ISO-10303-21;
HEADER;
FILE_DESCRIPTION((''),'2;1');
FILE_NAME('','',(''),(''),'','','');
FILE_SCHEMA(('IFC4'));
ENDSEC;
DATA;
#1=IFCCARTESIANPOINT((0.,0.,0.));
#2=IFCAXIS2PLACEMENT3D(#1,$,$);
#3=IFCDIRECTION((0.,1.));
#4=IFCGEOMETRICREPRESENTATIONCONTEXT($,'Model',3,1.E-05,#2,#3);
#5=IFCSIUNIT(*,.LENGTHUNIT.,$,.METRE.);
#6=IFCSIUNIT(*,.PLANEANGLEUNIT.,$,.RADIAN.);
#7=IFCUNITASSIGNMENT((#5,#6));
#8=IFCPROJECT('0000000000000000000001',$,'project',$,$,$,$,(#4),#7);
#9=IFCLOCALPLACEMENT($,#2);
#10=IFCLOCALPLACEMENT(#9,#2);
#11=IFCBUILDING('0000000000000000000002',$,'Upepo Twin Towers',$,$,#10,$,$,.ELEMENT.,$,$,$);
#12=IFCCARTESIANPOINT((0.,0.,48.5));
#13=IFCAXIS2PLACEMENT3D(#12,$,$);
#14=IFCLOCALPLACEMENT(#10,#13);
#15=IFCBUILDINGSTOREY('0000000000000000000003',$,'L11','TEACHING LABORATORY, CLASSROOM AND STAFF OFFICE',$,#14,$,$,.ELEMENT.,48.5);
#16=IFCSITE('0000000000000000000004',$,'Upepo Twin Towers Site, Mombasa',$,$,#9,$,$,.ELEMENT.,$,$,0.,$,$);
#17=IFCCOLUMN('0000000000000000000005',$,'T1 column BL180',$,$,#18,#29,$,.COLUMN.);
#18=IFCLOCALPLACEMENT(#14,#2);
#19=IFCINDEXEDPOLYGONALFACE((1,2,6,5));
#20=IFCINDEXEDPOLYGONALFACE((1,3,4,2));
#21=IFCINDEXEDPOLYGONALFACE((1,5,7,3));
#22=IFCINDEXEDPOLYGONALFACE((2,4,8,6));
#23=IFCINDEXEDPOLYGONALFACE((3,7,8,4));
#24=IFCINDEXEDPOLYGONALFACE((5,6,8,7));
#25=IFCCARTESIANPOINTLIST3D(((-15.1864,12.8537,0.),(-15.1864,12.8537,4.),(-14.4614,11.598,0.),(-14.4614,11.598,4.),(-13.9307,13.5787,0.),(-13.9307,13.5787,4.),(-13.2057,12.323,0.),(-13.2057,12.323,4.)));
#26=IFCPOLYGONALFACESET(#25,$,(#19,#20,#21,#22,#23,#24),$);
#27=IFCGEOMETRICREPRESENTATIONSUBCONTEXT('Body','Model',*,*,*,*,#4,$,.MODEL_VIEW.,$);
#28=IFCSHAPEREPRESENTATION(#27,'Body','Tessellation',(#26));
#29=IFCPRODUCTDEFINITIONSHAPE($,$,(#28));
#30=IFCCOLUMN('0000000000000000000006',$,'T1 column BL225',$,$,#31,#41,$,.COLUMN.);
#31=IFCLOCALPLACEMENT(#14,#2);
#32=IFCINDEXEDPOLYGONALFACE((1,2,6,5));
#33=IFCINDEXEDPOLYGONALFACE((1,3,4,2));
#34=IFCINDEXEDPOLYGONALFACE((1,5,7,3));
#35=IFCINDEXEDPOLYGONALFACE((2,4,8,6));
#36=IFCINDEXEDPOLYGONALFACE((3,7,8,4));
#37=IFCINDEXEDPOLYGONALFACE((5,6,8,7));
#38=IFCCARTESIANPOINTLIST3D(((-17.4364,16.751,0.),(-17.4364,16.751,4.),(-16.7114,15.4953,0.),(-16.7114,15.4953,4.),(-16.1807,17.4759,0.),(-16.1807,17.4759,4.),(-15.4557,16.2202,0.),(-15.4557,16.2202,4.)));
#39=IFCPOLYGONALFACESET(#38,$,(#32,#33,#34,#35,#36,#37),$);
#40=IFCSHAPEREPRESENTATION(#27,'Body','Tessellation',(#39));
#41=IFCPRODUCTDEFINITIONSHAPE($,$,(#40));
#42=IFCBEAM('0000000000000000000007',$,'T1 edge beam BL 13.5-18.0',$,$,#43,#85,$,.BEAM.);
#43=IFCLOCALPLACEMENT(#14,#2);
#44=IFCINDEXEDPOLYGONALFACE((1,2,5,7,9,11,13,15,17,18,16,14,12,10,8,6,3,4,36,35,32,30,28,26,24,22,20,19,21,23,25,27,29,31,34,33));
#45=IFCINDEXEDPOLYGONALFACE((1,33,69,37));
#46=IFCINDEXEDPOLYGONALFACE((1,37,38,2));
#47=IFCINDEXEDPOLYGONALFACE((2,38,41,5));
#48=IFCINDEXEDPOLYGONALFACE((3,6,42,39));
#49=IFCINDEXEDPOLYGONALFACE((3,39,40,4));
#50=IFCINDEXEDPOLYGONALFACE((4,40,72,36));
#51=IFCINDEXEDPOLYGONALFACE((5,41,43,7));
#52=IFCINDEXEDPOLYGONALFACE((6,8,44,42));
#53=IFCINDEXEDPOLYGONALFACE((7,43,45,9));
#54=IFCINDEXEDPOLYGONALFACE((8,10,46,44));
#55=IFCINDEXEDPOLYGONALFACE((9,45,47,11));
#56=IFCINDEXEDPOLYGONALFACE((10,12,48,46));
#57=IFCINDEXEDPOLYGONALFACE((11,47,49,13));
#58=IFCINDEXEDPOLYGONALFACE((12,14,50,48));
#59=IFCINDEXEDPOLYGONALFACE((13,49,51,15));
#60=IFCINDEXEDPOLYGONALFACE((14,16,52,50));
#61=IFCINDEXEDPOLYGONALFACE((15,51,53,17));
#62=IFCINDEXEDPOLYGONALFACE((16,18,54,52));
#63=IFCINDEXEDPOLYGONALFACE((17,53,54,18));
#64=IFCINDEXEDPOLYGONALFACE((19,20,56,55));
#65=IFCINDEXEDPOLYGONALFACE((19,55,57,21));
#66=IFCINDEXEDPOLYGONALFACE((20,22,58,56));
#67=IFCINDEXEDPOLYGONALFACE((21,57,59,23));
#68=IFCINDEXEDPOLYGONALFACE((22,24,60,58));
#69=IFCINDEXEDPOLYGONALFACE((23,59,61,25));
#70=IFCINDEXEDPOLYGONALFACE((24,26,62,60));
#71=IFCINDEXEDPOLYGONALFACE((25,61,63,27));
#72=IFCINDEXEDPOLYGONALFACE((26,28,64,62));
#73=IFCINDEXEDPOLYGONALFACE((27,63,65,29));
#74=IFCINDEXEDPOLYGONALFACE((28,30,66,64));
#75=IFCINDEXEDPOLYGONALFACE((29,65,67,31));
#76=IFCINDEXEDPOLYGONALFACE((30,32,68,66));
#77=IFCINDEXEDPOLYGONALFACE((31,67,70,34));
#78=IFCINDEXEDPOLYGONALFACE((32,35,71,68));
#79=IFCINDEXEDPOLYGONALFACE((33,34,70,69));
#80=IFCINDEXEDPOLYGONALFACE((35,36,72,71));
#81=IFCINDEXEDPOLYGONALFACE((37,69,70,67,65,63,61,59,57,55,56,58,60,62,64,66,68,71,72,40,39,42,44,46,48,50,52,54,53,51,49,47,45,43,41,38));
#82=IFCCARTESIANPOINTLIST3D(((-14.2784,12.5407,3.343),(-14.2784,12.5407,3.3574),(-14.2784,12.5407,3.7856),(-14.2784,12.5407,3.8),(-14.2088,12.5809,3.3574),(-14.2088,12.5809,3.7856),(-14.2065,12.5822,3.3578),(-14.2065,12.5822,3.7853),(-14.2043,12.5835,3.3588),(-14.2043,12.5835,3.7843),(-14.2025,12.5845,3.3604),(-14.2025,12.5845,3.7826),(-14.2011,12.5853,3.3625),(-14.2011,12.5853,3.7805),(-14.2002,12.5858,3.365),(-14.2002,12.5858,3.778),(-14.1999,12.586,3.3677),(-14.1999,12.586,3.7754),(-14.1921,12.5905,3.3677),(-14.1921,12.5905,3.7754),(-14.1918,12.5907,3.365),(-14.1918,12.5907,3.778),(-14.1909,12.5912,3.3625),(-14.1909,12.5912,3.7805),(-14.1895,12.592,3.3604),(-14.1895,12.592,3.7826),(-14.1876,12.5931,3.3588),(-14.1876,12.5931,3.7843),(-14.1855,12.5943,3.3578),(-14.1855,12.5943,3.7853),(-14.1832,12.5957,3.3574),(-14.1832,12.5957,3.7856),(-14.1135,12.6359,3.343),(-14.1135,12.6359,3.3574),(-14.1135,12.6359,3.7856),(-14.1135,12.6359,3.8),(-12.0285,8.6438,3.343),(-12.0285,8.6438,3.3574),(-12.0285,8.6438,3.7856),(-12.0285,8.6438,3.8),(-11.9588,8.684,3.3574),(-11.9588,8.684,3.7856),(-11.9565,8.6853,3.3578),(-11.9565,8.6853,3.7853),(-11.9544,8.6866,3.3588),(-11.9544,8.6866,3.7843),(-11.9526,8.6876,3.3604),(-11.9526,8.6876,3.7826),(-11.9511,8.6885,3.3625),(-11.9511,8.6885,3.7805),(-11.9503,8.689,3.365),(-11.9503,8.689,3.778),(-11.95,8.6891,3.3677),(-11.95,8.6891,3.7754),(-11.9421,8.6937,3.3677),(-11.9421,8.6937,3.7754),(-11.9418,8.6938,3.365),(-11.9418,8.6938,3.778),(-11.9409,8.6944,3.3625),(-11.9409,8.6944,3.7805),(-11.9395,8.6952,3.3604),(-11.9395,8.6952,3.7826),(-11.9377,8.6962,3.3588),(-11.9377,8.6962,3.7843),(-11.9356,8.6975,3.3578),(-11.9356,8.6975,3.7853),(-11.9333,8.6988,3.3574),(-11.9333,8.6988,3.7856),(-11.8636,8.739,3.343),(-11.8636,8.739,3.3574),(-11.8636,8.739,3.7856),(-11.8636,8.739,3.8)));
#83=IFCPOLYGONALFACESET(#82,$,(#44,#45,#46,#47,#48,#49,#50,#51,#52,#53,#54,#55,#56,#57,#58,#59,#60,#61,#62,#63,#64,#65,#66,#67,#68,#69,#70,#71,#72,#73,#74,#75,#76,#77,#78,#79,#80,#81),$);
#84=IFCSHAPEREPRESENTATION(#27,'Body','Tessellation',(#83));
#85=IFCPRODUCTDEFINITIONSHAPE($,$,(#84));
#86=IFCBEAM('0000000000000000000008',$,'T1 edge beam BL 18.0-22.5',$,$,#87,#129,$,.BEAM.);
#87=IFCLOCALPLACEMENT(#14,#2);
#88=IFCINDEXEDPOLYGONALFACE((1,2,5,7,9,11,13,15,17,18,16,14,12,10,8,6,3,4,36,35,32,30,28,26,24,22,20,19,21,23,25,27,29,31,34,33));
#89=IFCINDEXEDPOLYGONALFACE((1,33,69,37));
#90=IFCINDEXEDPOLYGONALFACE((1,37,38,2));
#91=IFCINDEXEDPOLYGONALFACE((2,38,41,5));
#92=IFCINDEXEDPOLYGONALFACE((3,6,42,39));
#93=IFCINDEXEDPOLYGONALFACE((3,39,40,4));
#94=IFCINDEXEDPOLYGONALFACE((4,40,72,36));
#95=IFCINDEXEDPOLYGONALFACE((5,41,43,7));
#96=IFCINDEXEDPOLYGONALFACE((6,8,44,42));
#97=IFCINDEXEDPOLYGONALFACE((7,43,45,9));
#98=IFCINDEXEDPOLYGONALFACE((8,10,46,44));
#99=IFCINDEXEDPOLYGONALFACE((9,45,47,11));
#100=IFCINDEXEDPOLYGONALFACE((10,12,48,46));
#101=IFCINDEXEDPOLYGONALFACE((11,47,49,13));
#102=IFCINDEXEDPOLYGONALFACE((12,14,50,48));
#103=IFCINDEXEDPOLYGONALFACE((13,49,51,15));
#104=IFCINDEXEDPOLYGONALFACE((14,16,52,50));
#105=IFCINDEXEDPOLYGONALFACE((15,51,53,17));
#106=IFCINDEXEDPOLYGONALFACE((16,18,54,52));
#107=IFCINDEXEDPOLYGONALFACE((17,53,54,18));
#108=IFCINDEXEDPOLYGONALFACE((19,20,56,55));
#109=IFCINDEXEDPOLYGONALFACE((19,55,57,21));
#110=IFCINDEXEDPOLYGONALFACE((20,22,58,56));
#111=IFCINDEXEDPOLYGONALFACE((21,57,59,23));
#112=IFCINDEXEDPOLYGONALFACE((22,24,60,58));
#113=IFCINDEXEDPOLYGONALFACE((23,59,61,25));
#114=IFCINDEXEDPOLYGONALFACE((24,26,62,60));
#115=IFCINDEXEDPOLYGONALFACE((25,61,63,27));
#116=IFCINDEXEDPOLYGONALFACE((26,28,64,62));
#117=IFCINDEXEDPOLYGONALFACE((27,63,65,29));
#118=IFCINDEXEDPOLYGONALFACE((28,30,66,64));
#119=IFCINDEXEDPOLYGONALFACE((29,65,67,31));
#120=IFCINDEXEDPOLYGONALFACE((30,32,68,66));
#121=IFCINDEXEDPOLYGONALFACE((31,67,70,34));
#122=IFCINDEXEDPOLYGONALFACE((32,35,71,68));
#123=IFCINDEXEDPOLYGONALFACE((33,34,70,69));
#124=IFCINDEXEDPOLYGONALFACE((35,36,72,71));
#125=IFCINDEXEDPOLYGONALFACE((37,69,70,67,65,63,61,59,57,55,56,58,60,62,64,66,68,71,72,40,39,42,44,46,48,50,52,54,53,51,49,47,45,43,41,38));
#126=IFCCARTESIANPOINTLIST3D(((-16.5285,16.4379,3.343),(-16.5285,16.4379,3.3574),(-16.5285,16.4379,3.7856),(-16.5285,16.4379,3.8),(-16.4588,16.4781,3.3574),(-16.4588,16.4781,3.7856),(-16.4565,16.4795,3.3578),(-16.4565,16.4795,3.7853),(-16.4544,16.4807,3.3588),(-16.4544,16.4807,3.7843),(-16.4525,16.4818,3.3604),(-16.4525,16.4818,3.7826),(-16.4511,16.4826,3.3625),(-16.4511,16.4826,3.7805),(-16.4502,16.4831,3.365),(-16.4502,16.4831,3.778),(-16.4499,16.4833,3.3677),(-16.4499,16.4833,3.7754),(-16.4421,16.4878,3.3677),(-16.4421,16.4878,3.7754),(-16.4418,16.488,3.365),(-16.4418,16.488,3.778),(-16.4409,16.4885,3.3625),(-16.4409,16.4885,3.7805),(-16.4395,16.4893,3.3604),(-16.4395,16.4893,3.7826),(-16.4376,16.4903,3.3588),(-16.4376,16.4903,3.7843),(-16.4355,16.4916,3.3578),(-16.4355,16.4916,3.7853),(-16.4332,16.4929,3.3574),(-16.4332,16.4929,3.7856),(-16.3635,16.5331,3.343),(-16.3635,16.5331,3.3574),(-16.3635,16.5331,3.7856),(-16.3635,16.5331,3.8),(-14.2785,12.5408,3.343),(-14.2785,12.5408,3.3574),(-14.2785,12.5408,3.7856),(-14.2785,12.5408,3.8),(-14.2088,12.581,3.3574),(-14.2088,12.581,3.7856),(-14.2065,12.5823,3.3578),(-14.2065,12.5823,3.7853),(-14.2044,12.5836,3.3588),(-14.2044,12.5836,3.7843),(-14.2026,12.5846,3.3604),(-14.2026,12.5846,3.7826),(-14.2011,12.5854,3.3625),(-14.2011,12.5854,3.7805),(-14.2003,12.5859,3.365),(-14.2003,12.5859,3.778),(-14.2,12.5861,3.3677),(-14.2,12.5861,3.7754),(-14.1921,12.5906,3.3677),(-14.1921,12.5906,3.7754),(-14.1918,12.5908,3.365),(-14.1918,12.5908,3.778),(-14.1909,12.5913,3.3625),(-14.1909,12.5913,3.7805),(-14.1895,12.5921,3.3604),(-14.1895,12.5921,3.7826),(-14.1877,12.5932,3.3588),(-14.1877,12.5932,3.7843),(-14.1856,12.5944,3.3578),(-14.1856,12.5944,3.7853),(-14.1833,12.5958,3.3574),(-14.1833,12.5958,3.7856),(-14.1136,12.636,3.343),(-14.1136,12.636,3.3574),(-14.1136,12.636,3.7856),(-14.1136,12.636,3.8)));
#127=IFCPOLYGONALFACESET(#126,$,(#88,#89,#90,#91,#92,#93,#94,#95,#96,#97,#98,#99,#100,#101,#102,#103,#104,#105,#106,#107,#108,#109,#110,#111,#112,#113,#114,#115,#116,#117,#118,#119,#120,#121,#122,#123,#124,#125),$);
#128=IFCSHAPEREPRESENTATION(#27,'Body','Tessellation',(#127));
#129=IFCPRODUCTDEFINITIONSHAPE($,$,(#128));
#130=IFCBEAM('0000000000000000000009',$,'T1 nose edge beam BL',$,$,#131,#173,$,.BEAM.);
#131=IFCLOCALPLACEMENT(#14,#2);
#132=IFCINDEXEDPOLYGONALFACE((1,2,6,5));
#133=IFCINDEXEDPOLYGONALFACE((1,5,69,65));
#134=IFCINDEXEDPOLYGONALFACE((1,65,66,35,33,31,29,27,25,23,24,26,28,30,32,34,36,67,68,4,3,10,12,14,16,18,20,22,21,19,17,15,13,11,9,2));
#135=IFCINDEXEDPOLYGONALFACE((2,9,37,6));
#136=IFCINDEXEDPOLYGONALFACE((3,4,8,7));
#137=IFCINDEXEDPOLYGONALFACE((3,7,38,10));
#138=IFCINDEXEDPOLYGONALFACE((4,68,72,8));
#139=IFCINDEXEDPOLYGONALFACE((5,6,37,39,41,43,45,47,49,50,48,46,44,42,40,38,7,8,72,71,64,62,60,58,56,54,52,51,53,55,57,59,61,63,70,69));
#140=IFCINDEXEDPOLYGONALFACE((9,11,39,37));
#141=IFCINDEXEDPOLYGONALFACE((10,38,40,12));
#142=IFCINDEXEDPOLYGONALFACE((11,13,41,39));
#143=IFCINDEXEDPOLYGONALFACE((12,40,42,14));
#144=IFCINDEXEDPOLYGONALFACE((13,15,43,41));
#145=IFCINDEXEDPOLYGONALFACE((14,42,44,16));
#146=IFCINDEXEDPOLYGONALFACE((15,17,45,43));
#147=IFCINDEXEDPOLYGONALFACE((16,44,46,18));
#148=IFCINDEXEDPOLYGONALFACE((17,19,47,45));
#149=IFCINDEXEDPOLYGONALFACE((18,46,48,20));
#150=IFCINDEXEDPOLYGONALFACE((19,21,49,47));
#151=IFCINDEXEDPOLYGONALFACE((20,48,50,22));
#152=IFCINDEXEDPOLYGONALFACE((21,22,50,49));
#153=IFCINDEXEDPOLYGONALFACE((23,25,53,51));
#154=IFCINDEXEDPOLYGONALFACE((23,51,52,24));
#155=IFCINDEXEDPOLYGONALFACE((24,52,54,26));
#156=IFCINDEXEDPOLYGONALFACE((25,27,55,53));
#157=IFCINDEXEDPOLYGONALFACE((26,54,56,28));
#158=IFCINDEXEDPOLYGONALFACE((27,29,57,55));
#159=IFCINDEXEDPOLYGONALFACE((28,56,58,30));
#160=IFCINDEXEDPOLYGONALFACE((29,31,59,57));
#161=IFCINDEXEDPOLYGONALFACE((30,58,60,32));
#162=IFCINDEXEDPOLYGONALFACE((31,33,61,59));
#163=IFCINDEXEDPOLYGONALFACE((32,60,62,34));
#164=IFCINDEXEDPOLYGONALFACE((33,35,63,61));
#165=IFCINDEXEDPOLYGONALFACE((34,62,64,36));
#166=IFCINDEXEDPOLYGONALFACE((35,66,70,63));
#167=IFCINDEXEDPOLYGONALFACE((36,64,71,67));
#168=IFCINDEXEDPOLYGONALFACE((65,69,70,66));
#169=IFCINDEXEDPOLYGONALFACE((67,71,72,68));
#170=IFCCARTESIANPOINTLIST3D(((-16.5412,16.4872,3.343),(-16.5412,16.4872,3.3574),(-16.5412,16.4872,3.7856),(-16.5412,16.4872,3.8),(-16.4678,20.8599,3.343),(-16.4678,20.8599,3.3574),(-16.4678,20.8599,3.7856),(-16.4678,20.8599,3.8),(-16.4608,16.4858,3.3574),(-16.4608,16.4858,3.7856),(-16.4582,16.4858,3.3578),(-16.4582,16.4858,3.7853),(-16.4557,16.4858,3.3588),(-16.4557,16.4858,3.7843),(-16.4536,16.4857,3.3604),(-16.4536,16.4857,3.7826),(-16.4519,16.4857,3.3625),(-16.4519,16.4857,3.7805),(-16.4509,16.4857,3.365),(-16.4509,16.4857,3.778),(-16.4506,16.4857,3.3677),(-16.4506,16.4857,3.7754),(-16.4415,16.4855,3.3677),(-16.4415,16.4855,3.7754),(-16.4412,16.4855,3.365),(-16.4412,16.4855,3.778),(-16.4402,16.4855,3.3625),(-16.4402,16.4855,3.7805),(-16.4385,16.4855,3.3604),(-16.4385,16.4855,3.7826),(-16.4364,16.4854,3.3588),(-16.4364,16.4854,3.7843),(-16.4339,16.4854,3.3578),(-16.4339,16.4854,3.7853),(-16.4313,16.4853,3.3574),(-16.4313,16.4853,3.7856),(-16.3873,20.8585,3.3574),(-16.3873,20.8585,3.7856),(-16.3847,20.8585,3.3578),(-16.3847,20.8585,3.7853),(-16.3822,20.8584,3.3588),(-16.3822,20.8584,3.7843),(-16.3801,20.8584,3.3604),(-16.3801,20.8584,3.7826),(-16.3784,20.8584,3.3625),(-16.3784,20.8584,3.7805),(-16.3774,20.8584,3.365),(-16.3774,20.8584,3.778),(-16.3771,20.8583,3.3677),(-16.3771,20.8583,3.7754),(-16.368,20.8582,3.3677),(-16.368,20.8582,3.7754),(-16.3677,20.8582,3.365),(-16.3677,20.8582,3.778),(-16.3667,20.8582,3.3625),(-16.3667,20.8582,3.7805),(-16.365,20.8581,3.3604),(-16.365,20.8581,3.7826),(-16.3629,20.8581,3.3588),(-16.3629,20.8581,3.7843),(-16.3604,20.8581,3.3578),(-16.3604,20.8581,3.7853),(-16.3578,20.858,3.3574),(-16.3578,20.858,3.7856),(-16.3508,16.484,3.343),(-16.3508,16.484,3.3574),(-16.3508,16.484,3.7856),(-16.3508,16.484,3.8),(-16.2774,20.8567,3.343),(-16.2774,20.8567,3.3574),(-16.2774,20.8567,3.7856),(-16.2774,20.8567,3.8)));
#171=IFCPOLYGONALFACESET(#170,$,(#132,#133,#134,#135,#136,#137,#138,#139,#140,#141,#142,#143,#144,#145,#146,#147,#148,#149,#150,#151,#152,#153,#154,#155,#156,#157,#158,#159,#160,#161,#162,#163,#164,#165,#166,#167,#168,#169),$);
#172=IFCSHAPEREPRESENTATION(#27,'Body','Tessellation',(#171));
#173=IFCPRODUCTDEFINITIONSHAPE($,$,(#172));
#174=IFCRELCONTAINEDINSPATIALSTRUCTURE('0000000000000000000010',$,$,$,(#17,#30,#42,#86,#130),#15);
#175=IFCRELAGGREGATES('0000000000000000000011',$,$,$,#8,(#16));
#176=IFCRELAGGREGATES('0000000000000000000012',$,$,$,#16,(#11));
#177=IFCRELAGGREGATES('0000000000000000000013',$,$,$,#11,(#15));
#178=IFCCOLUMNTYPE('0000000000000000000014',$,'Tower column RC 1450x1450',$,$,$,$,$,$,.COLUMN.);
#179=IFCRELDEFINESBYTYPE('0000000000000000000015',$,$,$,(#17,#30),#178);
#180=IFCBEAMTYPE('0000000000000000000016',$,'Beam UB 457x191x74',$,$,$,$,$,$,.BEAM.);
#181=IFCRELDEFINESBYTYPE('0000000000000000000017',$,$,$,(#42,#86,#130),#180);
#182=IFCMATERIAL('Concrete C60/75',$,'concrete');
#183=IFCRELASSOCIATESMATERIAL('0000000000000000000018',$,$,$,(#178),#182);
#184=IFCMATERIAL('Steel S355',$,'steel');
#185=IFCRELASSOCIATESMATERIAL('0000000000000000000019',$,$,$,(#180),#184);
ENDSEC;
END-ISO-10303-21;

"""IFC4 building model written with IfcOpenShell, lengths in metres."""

from ifc_helpers import new_model, si_unit, direction, frame, origin, origin_2d, place, context, subcontext, project, spatial, rectangle, i_section, extrude, material, material_profile, profile_set, type_object, element, save


model = new_model("IFC4")

# Units and contexts
model_context = context("Model", 3, precision=1e-05, world=origin(), true_north=direction((0.0, 1.0)))
body_context = subcontext(model_context, "Body", "Model", "MODEL_VIEW")
ifc_project = project(units=[si_unit("LENGTHUNIT", "METRE"), si_unit("PLANEANGLEUNIT", "RADIAN")], contexts=[model_context])

# Site, building, storey
site_placement = place(None, origin())
site = spatial("IfcSite", under=ifc_project, at=site_placement, Name="Upepo Twin Towers Site, Mombasa", CompositionType="ELEMENT", RefElevation=0.0)
building_placement = place(site_placement, origin())
building = spatial("IfcBuilding", under=site, at=building_placement, Name="Upepo Twin Towers", CompositionType="ELEMENT")
storey_placement = place(building_placement, frame((0.0, 0.0, 48.5)))
storey = spatial("IfcBuildingStorey", under=building, at=storey_placement, Name="L11", Description="TEACHING LABORATORY, CLASSROOM AND STAFF OFFICE", CompositionType="ELEMENT", Elevation=48.5)

# Columns
ifc_material_1 = material(Name="Concrete C60/75", Category="concrete")
ifc_material_profile_1 = material_profile(ifc_material_1, rectangle(XDim=1.45, YDim=1.45, at=origin_2d()), Name="RC 1450x1450")
ifc_profile_set_1 = profile_set([ifc_material_profile_1], Name="Concrete C60/75")
column_type = type_object("IfcColumnType", Name="Tower column RC 1450x1450", PredefinedType="COLUMN", material=ifc_profile_set_1)
for number, where, z_axis, x_axis, name in (
    (1, (-14.196, 12.5884, 0.0), (0.0, 0.0, 1.0), (0.866025, 0.5, 0.0), "T1 column BL180"),
    (2, (-16.446, 16.4856, 0.0), (0.0, 0.0, 1.0), (0.866025, 0.5, 0.0), "T1 column BL225"),
):
    element("IfcColumn", number, at=place(storey_placement, frame(where, z_axis=z_axis, x_axis=x_axis)), inside=storey, type_object=column_type, Name=name, PredefinedType="COLUMN", context=body_context, shape_type="SweptSolid", body=[
        extrude(rectangle(XDim=1.45, YDim=1.45, at=origin_2d()), origin(), (0.0, 0.0, 1.0), 4.0),
    ])

# Beams
ifc_material_2 = material(Name="Steel S355", Category="steel")
ifc_material_profile_2 = material_profile(ifc_material_2, i_section(OverallWidth=0.1904, OverallDepth=0.457, WebThickness=0.009, FlangeThickness=0.0144, FilletRadius=0.0103, at=origin_2d()), Name="UB 457x191x74")
ifc_profile_set_2 = profile_set([ifc_material_profile_2], Name="Steel S355")
beam_type_1 = type_object("IfcBeamType", Name="Beam UB 457x191x74", PredefinedType="BEAM", material=ifc_profile_set_2)
beam_1_placement = place(storey_placement, frame((-11.946, 8.6914, 3.5715), z_axis=(-0.500014, 0.866018, 0.0), x_axis=(-0.866018, -0.500014, 0.0)))
element("IfcBeam", 3, at=beam_1_placement, inside=storey, type_object=beam_type_1, Name="T1 edge beam BL 13.5-18.0", PredefinedType="BEAM", context=body_context, shape_type="SweptSolid", body=[
    extrude(i_section(OverallWidth=0.1904, OverallDepth=0.457, WebThickness=0.009, FlangeThickness=0.0144, FilletRadius=0.0103, at=origin_2d()), origin(), (0.0, 0.0, 1.0), 4.4998),
])
beam_2_placement = place(storey_placement, frame((-14.196, 12.5884, 3.5715), z_axis=(-0.49999, 0.866031, 0.0), x_axis=(-0.866031, -0.49999, 0.0)))
element("IfcBeam", 4, at=beam_2_placement, inside=storey, type_object=beam_type_1, Name="T1 edge beam BL 18.0-22.5", PredefinedType="BEAM", context=body_context, shape_type="SweptSolid", body=[
    extrude(i_section(OverallWidth=0.1904, OverallDepth=0.457, WebThickness=0.009, FlangeThickness=0.0144, FilletRadius=0.0103, at=origin_2d()), origin(), (0.0, 0.0, 1.0), 4.5),
])
beam_3_placement = place(storey_placement, frame((-16.446, 16.4856, 3.5715), z_axis=(0.016804, 0.999859, 0.0), x_axis=(-0.999859, 0.016804, 0.0)))
element("IfcBeam", 5, at=beam_3_placement, inside=storey, type_object=beam_type_1, Name="T1 nose edge beam BL", PredefinedType="BEAM", context=body_context, shape_type="SweptSolid", body=[
    extrude(i_section(OverallWidth=0.1904, OverallDepth=0.457, WebThickness=0.009, FlangeThickness=0.0144, FilletRadius=0.0103, at=origin_2d()), origin(), (0.0, 0.0, 1.0), 4.3733),
])

save(model, "model.ifc")
